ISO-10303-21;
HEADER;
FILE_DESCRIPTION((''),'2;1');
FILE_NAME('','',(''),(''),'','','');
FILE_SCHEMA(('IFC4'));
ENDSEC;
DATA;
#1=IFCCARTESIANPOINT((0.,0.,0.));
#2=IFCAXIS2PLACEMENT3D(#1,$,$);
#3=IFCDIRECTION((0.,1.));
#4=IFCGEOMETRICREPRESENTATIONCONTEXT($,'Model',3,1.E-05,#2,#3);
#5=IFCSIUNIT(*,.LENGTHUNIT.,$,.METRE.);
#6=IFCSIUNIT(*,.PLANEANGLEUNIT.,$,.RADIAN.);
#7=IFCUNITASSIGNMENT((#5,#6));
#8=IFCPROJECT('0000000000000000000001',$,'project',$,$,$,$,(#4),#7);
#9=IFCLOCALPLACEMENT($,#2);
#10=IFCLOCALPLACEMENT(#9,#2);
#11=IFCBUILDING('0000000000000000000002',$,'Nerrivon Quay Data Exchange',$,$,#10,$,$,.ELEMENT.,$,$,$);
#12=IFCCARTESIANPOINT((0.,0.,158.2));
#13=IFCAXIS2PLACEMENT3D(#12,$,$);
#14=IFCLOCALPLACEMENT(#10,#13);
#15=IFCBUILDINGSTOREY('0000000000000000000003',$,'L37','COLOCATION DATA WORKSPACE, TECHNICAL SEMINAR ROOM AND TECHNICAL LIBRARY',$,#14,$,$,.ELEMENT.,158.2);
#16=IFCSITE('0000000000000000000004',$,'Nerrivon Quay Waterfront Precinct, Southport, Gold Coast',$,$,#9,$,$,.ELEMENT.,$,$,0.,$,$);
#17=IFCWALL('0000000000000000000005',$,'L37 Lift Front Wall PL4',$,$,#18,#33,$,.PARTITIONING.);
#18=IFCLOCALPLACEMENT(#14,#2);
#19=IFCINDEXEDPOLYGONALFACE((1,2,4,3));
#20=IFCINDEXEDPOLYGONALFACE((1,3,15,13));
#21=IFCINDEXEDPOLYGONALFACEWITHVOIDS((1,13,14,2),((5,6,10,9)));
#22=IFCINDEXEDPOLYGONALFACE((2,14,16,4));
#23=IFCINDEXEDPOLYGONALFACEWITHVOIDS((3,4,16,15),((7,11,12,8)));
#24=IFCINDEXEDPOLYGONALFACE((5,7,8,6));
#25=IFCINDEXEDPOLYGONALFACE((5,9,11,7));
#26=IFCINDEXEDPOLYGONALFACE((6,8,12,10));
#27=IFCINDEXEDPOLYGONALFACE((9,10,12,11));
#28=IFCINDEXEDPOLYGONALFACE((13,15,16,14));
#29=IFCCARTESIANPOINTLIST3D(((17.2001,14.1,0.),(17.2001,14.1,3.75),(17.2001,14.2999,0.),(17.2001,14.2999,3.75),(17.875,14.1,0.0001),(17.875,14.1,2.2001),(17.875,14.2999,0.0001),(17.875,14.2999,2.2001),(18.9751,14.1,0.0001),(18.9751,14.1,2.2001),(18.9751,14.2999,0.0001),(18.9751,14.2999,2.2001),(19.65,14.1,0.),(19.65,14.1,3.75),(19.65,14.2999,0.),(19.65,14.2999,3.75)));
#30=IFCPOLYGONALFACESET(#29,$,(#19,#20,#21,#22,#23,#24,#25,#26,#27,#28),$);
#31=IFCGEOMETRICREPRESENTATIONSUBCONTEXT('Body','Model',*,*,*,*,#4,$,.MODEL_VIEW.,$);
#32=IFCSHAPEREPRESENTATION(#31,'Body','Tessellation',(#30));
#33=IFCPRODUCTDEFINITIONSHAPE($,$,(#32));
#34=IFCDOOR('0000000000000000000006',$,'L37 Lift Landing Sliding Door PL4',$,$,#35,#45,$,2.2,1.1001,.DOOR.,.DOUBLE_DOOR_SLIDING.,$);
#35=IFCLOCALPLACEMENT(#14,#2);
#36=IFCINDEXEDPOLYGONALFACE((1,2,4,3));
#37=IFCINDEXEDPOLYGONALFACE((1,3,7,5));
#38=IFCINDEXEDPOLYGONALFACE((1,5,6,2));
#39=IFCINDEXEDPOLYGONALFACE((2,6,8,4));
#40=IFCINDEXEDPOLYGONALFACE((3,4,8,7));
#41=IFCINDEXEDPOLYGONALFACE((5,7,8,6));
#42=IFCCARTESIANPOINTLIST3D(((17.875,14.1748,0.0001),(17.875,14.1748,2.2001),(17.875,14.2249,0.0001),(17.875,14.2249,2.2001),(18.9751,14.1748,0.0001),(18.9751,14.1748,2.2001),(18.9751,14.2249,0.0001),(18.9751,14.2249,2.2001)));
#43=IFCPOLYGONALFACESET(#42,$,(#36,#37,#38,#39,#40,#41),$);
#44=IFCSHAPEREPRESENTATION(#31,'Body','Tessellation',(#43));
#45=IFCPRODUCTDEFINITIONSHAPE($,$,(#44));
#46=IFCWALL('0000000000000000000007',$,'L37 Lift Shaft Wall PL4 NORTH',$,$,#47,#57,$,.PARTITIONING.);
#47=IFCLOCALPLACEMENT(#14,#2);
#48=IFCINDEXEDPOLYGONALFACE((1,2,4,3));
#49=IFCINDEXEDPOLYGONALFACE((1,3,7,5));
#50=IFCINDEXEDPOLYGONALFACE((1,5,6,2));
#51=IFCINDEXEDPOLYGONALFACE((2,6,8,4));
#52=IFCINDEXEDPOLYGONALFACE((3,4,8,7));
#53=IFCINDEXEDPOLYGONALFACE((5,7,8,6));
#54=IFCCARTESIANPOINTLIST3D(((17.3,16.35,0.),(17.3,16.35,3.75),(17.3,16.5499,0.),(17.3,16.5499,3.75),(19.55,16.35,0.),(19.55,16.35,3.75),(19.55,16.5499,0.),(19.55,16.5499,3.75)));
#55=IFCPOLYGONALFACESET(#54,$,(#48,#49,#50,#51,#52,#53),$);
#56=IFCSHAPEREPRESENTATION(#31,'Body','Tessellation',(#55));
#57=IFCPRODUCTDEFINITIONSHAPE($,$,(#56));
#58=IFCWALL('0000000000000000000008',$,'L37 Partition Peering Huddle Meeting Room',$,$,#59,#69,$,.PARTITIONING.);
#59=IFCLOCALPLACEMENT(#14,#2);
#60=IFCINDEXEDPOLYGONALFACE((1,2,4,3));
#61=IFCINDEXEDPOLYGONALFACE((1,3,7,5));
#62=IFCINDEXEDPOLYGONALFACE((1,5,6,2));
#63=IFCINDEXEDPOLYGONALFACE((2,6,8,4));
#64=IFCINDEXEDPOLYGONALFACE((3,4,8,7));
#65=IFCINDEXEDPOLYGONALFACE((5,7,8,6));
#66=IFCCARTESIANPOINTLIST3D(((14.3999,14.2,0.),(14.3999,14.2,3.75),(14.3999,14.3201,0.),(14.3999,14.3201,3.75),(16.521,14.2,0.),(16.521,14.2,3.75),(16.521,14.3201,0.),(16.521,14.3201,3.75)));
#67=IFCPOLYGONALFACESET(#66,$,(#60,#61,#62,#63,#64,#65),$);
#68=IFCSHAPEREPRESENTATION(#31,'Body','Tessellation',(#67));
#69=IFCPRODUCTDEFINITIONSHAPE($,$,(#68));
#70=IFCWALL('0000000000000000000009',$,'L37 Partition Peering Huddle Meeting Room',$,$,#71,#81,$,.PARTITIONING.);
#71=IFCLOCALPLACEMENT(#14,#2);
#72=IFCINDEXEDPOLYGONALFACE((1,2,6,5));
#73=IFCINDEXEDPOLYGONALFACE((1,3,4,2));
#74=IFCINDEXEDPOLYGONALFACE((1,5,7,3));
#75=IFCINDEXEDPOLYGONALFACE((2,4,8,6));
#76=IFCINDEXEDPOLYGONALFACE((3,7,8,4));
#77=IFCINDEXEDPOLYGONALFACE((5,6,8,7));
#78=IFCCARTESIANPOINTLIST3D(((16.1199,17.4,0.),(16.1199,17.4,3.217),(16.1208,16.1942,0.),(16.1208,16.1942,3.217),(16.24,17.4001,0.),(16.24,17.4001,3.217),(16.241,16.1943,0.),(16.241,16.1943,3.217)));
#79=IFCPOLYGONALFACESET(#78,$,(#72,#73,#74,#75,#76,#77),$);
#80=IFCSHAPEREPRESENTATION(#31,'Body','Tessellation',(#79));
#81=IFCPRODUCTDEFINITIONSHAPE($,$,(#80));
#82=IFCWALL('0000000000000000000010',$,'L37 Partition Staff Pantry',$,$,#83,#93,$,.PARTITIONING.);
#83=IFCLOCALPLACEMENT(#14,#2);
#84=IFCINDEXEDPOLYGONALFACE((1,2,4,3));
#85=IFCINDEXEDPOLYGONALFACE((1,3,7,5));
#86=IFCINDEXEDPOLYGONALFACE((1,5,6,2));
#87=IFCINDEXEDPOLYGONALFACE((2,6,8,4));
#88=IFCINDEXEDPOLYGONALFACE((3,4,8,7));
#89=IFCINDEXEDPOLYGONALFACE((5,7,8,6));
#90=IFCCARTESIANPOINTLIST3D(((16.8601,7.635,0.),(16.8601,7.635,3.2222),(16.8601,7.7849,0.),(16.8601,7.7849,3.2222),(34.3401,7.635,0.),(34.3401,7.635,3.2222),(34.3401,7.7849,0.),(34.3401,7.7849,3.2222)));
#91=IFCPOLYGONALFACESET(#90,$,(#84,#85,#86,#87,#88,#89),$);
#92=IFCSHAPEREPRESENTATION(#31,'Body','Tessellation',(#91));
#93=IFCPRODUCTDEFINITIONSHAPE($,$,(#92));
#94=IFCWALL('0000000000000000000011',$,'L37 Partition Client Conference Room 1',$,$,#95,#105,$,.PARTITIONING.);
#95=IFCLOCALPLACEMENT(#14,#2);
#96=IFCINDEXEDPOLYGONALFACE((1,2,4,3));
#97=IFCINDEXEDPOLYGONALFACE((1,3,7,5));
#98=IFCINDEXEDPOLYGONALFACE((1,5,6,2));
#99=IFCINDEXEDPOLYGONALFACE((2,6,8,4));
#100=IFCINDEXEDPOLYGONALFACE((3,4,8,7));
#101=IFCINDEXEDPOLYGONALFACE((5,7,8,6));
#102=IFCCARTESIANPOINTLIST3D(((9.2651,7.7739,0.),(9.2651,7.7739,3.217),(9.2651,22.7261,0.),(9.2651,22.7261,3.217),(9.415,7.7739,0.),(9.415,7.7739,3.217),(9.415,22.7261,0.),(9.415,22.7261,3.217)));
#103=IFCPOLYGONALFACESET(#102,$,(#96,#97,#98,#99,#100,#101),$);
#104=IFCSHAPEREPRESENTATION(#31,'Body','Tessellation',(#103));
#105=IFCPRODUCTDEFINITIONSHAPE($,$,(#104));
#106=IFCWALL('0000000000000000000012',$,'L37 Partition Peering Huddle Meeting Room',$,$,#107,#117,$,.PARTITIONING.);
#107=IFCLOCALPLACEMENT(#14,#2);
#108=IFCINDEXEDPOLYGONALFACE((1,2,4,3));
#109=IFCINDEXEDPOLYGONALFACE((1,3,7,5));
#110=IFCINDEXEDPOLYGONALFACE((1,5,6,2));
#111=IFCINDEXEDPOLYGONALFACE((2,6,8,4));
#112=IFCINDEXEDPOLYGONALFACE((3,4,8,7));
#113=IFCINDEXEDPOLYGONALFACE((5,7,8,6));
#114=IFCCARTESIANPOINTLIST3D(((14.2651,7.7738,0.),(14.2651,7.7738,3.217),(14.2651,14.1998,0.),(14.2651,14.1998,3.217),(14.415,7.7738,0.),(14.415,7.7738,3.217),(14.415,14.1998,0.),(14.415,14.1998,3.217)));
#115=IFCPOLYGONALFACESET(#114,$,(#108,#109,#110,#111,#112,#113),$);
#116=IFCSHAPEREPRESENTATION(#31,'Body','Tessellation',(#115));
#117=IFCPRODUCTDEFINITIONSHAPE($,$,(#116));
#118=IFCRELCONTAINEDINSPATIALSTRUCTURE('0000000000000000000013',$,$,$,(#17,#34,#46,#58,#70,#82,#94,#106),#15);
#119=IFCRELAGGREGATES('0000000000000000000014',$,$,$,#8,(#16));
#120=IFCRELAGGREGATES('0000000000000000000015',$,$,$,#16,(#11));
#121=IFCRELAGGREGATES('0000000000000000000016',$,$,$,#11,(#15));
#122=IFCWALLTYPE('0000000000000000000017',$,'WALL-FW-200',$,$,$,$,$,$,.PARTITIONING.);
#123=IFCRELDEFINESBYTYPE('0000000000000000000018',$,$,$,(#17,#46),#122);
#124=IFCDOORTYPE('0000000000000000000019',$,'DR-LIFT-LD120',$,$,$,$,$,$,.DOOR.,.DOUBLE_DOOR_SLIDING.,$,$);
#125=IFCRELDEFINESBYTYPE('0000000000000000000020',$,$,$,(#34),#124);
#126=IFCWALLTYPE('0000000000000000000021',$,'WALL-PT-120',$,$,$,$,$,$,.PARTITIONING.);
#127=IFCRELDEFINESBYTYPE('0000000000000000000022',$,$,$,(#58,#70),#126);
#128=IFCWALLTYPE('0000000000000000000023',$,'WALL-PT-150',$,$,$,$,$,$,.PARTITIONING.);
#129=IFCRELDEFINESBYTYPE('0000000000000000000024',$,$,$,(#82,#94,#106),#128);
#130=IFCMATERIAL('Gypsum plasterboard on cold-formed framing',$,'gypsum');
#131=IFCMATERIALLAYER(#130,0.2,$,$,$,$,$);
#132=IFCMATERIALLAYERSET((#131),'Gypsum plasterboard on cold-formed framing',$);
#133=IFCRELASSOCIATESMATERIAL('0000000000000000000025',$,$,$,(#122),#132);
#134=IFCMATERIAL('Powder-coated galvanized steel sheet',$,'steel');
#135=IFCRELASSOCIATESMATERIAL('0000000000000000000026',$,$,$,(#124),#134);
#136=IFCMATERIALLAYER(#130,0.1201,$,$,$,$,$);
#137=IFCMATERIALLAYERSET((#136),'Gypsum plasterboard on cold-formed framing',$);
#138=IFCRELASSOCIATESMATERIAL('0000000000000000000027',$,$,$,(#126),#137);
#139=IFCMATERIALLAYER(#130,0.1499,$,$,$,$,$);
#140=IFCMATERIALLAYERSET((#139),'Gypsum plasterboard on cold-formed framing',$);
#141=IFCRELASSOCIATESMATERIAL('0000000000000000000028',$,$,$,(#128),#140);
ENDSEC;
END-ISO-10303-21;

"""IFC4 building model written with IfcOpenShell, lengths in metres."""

from ifc_helpers import new_model, si_unit, direction, frame, frame_2d, origin, place, context, subcontext, project, spatial, rectangle, extrude, material, layer, layer_set, type_object, element, fill, save


model = new_model("IFC4")

# Units and contexts
model_context = context("Model", 3, precision=1e-05, world=origin(), true_north=direction((0.0, 1.0)))
body_context = subcontext(model_context, "Body", "Model", "MODEL_VIEW")
ifc_project = project(units=[si_unit("LENGTHUNIT", "METRE"), si_unit("PLANEANGLEUNIT", "RADIAN")], contexts=[model_context])

# Site, building, storey
site_placement = place(None, origin())
site = spatial("IfcSite", under=ifc_project, at=site_placement, Name="Nerrivon Quay Waterfront Precinct, Southport, Gold Coast", CompositionType="ELEMENT", RefElevation=0.0)
building_placement = place(site_placement, origin())
building = spatial("IfcBuilding", under=site, at=building_placement, Name="Nerrivon Quay Data Exchange", CompositionType="ELEMENT")
storey_placement = place(building_placement, frame((0.0, 0.0, 158.2)))
storey = spatial("IfcBuildingStorey", under=building, at=storey_placement, Name="L37", Description="COLOCATION DATA WORKSPACE, TECHNICAL SEMINAR ROOM AND TECHNICAL LIBRARY", CompositionType="ELEMENT", Elevation=158.2)

# Shared definitions
ifc_material_1 = material(Name="Powder-coated galvanized steel sheet", Category="steel")
ifc_material_2 = material(Name="Gypsum plasterboard on cold-formed framing", Category="gypsum")
ifc_layer_1 = layer(ifc_material_2, 0.2)
ifc_layer_set_1 = layer_set([ifc_layer_1], Name="Gypsum plasterboard on cold-formed framing")
wall_type_1 = type_object("IfcWallType", Name="WALL-FW-200", PredefinedType="PARTITIONING", material=ifc_layer_set_1)
door_type_1 = type_object("IfcDoorType", Name="DR-LIFT-LD120", OperationType="DOUBLE_DOOR_SLIDING", PredefinedType="DOOR", material=ifc_material_1)

# Wall, opening, door
wall_1_placement = place(storey_placement, frame((17.2, 14.2, 0.0), z_axis=(0.0, 0.0, 1.0), x_axis=(1.0, 0.0, 0.0)))
wall_1 = element("IfcWall", 1, at=wall_1_placement, inside=storey, type_object=wall_type_1, Name="L37 Lift Front Wall PL4", PredefinedType="PARTITIONING", context=body_context, shape_type="SweptSolid", body=[
    extrude(rectangle(XDim=2.45, YDim=0.2, at=frame_2d((1.2251, 0.0))), origin(), (0.0, 0.0, 1.0), 3.75),
])
opening_1_placement = place(wall_1_placement, frame((0.675, 0.0, 0.0)))
opening_1 = element("IfcOpeningElement", 2, at=opening_1_placement, cuts=wall_1, PredefinedType="OPENING", context=body_context, shape_type="SweptSolid", body=[
    extrude(rectangle(XDim=1.1001, YDim=2.2, at=frame_2d((0.55, 1.1001))), frame((0.0, 0.1099, 0.0), z_axis=(0.0, -1.0, 0.0), x_axis=(1.0, 0.0, 0.0)), (0.0, 0.0, 1.0), 0.22),
])
door_1_placement = place(opening_1_placement, origin())
door_1 = element("IfcDoor", 3, at=door_1_placement, inside=storey, type_object=door_type_1, Name="L37 Lift Landing Sliding Door PL4", OperationType="DOUBLE_DOOR_SLIDING", OverallHeight=2.2, OverallWidth=1.1001, PredefinedType="DOOR", context=body_context, shape_type="SweptSolid", body=[
    extrude(rectangle(XDim=1.1001, YDim=2.2, at=frame_2d((0.55, 1.1001))), frame((0.0, 0.0249, 0.0), z_axis=(0.0, -1.0, 0.0), x_axis=(1.0, 0.0, 0.0)), (0.0, 0.0, 1.0), 0.05),
])
fill(opening_1, door_1)

# Walls
wall_2_placement = place(storey_placement, frame((17.3, 16.45, 0.0), z_axis=(0.0, 0.0, 1.0), x_axis=(1.0, 0.0, 0.0)))
element("IfcWall", 4, at=wall_2_placement, inside=storey, type_object=wall_type_1, Name="L37 Lift Shaft Wall PL4 NORTH", PredefinedType="PARTITIONING", context=body_context, shape_type="SweptSolid", body=[
    extrude(rectangle(XDim=2.25, YDim=0.2, at=frame_2d((1.125, 0.0))), origin(), (0.0, 0.0, 1.0), 3.75),
])
ifc_layer_2 = layer(ifc_material_2, 0.1201)
ifc_layer_set_2 = layer_set([ifc_layer_2], Name="Gypsum plasterboard on cold-formed framing")
wall_type_2 = type_object("IfcWallType", Name="WALL-PT-120", PredefinedType="PARTITIONING", material=ifc_layer_set_2)
wall_3_placement = place(storey_placement, frame((14.3999, 14.26, 0.0), z_axis=(0.0, 0.0, 1.0), x_axis=(1.0, 0.0, 0.0)))
element("IfcWall", 5, at=wall_3_placement, inside=storey, type_object=wall_type_2, Name="L37 Partition Peering Huddle Meeting Room", PredefinedType="PARTITIONING", context=body_context, shape_type="SweptSolid", body=[
    extrude(rectangle(XDim=2.1211, YDim=0.1201, at=frame_2d((1.0605, 0.0))), origin(), (0.0, 0.0, 1.0), 3.75),
])
wall_4_placement = place(storey_placement, frame((16.1809, 16.1941, 0.0), z_axis=(0.0, 0.0, 1.0), x_axis=(-0.00081, 1.0, 0.0)))
element("IfcWall", 6, at=wall_4_placement, inside=storey, type_object=wall_type_2, Name="L37 Partition Peering Huddle Meeting Room", PredefinedType="PARTITIONING", context=body_context, shape_type="SweptSolid", body=[
    extrude(rectangle(XDim=1.2058, YDim=0.1201, at=frame_2d((0.603, 0.0))), origin(), (0.0, 0.0, 1.0), 3.217),
])
ifc_layer_3 = layer(ifc_material_2, 0.1499)
ifc_layer_set_3 = layer_set([ifc_layer_3], Name="Gypsum plasterboard on cold-formed framing")
wall_type_3 = type_object("IfcWallType", Name="WALL-PT-150", PredefinedType="PARTITIONING", material=ifc_layer_set_3)
wall_5_placement = place(storey_placement, frame((16.8601, 7.71, 0.0), z_axis=(0.0, 0.0, 1.0), x_axis=(1.0, 0.0, 0.0)))
element("IfcWall", 7, at=wall_5_placement, inside=storey, type_object=wall_type_3, Name="L37 Partition Staff Pantry", PredefinedType="PARTITIONING", context=body_context, shape_type="SweptSolid", body=[
    extrude(rectangle(XDim=17.48, YDim=0.1499, at=frame_2d((8.74, 0.0))), origin(), (0.0, 0.0, 1.0), 3.2222),
])
wall_6_placement = place(storey_placement, frame((9.3401, 7.7739, 0.0), z_axis=(0.0, 0.0, 1.0), x_axis=(0.0, 1.0, 0.0)))
element("IfcWall", 8, at=wall_6_placement, inside=storey, type_object=wall_type_3, Name="L37 Partition Client Conference Room 1", PredefinedType="PARTITIONING", context=body_context, shape_type="SweptSolid", body=[
    extrude(rectangle(XDim=14.9521, YDim=0.1499, at=frame_2d((7.4761, 0.0))), origin(), (0.0, 0.0, 1.0), 3.217),
])
wall_7_placement = place(storey_placement, frame((14.3401, 7.7739, 0.0), z_axis=(0.0, 0.0, 1.0), x_axis=(0.0, 1.0, 0.0)))
element("IfcWall", 9, at=wall_7_placement, inside=storey, type_object=wall_type_3, Name="L37 Partition Peering Huddle Meeting Room", PredefinedType="PARTITIONING", context=body_context, shape_type="SweptSolid", body=[
    extrude(rectangle(XDim=6.426, YDim=0.1499, at=frame_2d((3.2129, 0.0))), origin(), (0.0, 0.0, 1.0), 3.217),
])

save(model, "model.ifc")
